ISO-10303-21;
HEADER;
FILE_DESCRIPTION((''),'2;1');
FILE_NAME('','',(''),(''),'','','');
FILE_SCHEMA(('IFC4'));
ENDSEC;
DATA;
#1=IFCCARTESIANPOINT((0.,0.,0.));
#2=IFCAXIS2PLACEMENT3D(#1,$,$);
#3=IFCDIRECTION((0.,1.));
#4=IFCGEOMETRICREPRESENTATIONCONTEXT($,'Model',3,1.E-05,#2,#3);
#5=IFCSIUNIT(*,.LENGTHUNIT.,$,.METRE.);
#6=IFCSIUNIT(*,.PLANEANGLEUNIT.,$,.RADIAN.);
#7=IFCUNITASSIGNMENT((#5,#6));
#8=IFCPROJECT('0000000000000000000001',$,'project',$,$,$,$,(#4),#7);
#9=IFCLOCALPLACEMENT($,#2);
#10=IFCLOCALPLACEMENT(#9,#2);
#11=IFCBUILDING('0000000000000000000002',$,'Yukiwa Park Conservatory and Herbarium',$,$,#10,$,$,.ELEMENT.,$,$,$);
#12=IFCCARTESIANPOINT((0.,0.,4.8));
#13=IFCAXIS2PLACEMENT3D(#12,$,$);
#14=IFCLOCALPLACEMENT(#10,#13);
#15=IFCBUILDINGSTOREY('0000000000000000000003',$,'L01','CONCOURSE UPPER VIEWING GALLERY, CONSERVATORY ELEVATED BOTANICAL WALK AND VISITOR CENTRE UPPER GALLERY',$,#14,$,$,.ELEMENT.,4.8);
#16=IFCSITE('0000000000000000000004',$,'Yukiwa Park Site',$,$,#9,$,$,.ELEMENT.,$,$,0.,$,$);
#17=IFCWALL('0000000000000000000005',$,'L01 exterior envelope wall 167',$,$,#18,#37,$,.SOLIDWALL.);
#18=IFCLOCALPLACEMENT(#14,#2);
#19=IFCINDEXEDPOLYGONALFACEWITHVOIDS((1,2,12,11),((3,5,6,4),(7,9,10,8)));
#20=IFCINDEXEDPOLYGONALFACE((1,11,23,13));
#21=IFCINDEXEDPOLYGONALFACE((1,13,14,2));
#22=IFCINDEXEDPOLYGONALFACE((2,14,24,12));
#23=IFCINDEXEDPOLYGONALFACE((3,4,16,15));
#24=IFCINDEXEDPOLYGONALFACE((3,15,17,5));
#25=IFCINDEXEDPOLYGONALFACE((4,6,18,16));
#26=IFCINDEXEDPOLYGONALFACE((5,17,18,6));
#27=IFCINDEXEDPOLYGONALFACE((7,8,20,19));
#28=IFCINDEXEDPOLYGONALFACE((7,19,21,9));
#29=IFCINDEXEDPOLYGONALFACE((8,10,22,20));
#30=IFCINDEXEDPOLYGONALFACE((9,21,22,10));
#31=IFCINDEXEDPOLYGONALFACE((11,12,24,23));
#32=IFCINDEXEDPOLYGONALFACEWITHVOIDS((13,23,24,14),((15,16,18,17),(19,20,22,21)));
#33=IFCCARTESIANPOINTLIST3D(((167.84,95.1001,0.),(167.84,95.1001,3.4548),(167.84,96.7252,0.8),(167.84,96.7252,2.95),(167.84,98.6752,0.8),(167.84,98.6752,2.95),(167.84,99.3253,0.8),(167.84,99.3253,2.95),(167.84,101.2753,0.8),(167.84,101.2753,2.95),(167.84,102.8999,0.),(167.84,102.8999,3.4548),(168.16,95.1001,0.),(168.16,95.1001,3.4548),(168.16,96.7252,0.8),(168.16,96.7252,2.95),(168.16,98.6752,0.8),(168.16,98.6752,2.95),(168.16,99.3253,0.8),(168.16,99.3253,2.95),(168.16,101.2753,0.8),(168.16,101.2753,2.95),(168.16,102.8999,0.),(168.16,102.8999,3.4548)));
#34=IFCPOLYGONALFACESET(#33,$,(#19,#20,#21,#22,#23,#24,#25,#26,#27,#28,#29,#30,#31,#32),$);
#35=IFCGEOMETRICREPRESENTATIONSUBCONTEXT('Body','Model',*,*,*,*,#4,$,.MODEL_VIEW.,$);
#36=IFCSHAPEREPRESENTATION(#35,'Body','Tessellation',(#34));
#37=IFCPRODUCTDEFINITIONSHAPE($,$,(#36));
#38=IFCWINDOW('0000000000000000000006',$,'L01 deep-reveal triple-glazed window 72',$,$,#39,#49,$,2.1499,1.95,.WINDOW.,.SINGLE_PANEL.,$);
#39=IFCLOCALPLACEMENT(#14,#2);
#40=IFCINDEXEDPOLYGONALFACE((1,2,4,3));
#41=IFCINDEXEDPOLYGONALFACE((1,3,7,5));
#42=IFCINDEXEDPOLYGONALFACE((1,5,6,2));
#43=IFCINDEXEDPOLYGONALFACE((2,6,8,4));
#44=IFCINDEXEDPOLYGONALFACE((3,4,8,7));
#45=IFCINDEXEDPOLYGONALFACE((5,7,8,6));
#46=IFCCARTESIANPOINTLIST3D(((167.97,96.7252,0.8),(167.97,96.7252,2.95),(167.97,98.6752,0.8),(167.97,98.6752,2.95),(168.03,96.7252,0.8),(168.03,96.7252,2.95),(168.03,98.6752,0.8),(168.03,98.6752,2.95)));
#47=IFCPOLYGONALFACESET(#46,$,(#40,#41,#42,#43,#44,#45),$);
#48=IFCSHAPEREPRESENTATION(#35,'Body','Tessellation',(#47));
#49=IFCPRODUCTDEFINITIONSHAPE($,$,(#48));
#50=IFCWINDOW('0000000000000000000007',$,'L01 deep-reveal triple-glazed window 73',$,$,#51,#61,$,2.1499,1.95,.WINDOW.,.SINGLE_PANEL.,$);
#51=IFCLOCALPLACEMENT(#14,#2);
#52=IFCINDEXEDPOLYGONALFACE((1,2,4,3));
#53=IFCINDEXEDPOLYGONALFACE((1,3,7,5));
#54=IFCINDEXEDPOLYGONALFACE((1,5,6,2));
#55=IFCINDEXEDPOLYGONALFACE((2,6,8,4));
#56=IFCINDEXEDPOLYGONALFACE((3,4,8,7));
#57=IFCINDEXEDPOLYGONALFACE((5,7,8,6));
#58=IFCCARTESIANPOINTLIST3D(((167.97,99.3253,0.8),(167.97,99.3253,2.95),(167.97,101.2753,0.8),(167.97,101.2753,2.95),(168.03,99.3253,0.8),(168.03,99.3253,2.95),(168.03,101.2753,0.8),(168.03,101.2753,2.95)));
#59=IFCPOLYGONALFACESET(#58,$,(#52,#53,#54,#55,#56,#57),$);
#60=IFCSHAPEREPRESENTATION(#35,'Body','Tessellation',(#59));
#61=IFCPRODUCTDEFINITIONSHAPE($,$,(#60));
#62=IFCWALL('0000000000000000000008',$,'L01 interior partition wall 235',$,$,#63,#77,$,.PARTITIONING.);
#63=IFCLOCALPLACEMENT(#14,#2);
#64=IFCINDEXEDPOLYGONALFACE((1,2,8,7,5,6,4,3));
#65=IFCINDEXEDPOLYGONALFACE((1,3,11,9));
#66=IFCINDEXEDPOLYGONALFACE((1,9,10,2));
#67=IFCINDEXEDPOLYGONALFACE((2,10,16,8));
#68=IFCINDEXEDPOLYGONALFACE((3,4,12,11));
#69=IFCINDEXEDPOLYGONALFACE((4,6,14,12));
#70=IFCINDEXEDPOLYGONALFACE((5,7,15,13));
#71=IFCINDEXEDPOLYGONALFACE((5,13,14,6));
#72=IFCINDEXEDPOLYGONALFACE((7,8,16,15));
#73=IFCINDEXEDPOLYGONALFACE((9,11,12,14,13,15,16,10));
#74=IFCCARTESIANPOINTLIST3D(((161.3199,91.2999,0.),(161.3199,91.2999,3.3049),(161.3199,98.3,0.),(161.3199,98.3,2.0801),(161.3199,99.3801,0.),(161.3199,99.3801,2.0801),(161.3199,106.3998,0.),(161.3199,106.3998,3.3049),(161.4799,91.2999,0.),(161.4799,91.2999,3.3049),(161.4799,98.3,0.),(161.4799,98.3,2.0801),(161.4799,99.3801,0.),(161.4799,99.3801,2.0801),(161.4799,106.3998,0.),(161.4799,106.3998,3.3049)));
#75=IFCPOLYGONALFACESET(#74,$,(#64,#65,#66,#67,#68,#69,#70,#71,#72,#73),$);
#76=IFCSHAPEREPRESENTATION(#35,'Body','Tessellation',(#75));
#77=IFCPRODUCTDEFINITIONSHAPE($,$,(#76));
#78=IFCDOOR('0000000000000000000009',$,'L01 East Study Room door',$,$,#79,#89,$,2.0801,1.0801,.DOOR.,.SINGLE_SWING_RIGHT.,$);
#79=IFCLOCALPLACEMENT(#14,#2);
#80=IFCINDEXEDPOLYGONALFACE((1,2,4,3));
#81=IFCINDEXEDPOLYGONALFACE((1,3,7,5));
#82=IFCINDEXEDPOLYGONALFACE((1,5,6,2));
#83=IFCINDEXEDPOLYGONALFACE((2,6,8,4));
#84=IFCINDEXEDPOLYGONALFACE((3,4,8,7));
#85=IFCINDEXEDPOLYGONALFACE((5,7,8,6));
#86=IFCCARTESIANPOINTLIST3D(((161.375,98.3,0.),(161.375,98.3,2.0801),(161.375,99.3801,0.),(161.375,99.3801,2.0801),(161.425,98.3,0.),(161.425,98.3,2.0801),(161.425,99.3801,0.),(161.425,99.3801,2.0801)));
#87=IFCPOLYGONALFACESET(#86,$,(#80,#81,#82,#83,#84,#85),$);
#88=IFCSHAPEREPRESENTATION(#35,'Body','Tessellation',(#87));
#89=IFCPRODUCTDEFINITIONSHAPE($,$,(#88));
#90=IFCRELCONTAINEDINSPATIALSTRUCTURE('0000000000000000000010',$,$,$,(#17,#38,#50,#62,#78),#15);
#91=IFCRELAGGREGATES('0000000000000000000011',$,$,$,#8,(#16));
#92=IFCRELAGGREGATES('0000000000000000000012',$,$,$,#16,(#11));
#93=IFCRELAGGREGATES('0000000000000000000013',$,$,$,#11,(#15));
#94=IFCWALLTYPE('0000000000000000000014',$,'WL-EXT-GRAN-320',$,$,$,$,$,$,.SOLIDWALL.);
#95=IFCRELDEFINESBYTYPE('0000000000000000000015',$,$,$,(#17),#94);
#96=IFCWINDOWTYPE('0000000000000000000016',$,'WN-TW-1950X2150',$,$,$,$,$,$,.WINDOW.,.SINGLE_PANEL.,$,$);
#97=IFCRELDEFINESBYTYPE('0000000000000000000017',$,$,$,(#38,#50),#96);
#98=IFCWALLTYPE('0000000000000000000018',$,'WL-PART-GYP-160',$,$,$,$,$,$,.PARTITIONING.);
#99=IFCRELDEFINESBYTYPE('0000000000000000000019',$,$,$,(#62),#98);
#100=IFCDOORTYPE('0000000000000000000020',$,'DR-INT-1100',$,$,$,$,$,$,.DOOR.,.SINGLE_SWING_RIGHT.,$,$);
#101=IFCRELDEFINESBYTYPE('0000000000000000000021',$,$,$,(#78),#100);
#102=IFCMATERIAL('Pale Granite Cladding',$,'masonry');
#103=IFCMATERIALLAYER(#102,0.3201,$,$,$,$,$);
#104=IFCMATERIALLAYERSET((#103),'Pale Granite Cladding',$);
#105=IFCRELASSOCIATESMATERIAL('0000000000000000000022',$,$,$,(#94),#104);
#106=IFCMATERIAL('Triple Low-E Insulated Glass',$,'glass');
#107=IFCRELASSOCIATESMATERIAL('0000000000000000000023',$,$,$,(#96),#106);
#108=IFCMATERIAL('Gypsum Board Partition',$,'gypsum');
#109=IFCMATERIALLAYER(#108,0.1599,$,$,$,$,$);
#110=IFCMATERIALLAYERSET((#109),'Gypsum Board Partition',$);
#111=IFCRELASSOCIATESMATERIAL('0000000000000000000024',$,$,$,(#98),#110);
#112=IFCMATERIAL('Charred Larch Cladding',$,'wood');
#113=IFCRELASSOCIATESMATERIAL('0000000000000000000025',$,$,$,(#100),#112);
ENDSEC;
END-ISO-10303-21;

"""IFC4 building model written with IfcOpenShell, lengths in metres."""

from ifc_helpers import new_model, si_unit, direction, frame, frame_2d, origin, place, context, subcontext, project, spatial, rectangle, extrude, material, layer, layer_set, type_object, element, fill, save


model = new_model("IFC4")

# Units and contexts
model_context = context("Model", 3, precision=1e-05, world=origin(), true_north=direction((0.0, 1.0)))
body_context = subcontext(model_context, "Body", "Model", "MODEL_VIEW")
ifc_project = project(units=[si_unit("LENGTHUNIT", "METRE"), si_unit("PLANEANGLEUNIT", "RADIAN")], contexts=[model_context])

# Site, building, storey
site_placement = place(None, origin())
site = spatial("IfcSite", under=ifc_project, at=site_placement, Name="Yukiwa Park Site", CompositionType="ELEMENT", RefElevation=0.0)
building_placement = place(site_placement, origin())
building = spatial("IfcBuilding", under=site, at=building_placement, Name="Yukiwa Park Conservatory and Herbarium", CompositionType="ELEMENT")
storey_placement = place(building_placement, frame((0.0, 0.0, 4.8)))
storey = spatial("IfcBuildingStorey", under=building, at=storey_placement, Name="L01", Description="CONCOURSE UPPER VIEWING GALLERY, CONSERVATORY ELEVATED BOTANICAL WALK AND VISITOR CENTRE UPPER GALLERY", CompositionType="ELEMENT", Elevation=4.8)

# Wall, openings, windows
ifc_material_1 = material(Name="Pale Granite Cladding", Category="masonry")
ifc_layer_1 = layer(ifc_material_1, 0.3201)
ifc_layer_set_1 = layer_set([ifc_layer_1], Name="Pale Granite Cladding")
wall_type_1 = type_object("IfcWallType", Name="WL-EXT-GRAN-320", PredefinedType="SOLIDWALL", material=ifc_layer_set_1)
wall_1_placement = place(storey_placement, frame((168.0, 95.1001, 0.0), z_axis=(0.0, 0.0, 1.0), x_axis=(0.0, 1.0, 0.0)))
wall_1 = element("IfcWall", 1, at=wall_1_placement, inside=storey, type_object=wall_type_1, Name="L01 exterior envelope wall 167", PredefinedType="SOLIDWALL", context=body_context, shape_type="SweptSolid", body=[
    extrude(rectangle(XDim=7.7998, YDim=0.3201, at=frame_2d((3.8999, 0.0))), origin(), (0.0, 0.0, 1.0), 3.4548),
])
opening_1_placement = place(wall_1_placement, frame((1.625, 0.0, 0.8)))
opening_1 = element("IfcOpeningElement", 2, at=opening_1_placement, cuts=wall_1, PredefinedType="OPENING", context=body_context, shape_type="SweptSolid", body=[
    extrude(rectangle(XDim=1.95, YDim=2.1499, at=frame_2d((0.9751, 1.075))), frame((0.0, 0.1699, 0.0), z_axis=(0.0, -1.0, 0.0), x_axis=(1.0, 0.0, 0.0)), (0.0, 0.0, 1.0), 0.3401),
])
opening_2_placement = place(wall_1_placement, frame((4.2251, 0.0, 0.8)))
opening_2 = element("IfcOpeningElement", 3, at=opening_2_placement, cuts=wall_1, PredefinedType="OPENING", context=body_context, shape_type="SweptSolid", body=[
    extrude(rectangle(XDim=1.95, YDim=2.1499, at=frame_2d((0.9751, 1.075))), frame((0.0, 0.1699, 0.0), z_axis=(0.0, -1.0, 0.0), x_axis=(1.0, 0.0, 0.0)), (0.0, 0.0, 1.0), 0.3401),
])
ifc_material_2 = material(Name="Triple Low-E Insulated Glass", Category="glass")
window_type_1 = type_object("IfcWindowType", Name="WN-TW-1950X2150", PartitioningType="SINGLE_PANEL", PredefinedType="WINDOW", material=ifc_material_2)
window_1_placement = place(opening_1_placement, origin())
window_1 = element("IfcWindow", 4, at=window_1_placement, inside=storey, type_object=window_type_1, Name="L01 deep-reveal triple-glazed window 72", OverallHeight=2.1499, OverallWidth=1.95, PartitioningType="SINGLE_PANEL", PredefinedType="WINDOW", context=body_context, shape_type="SweptSolid", body=[
    extrude(rectangle(XDim=1.95, YDim=2.1499, at=frame_2d((0.9751, 1.075))), frame((0.0, 0.03, 0.0), z_axis=(0.0, -1.0, 0.0), x_axis=(1.0, 0.0, 0.0)), (0.0, 0.0, 1.0), 0.0601),
])
fill(opening_1, window_1)
window_2_placement = place(opening_2_placement, origin())
window_2 = element("IfcWindow", 5, at=window_2_placement, inside=storey, type_object=window_type_1, Name="L01 deep-reveal triple-glazed window 73", OverallHeight=2.1499, OverallWidth=1.95, PartitioningType="SINGLE_PANEL", PredefinedType="WINDOW", context=body_context, shape_type="SweptSolid", body=[
    extrude(rectangle(XDim=1.95, YDim=2.1499, at=frame_2d((0.9751, 1.075))), frame((0.0, 0.03, 0.0), z_axis=(0.0, -1.0, 0.0), x_axis=(1.0, 0.0, 0.0)), (0.0, 0.0, 1.0), 0.0601),
])
fill(opening_2, window_2)

# Wall, opening, door
ifc_material_3 = material(Name="Gypsum Board Partition", Category="gypsum")
ifc_layer_2 = layer(ifc_material_3, 0.1599)
ifc_layer_set_2 = layer_set([ifc_layer_2], Name="Gypsum Board Partition")
wall_type_2 = type_object("IfcWallType", Name="WL-PART-GYP-160", PredefinedType="PARTITIONING", material=ifc_layer_set_2)
wall_2_placement = place(storey_placement, frame((161.3999, 91.3, 0.0), z_axis=(0.0, 0.0, 1.0), x_axis=(0.0, 1.0, 0.0)))
wall_2 = element("IfcWall", 6, at=wall_2_placement, inside=storey, type_object=wall_type_2, Name="L01 interior partition wall 235", PredefinedType="PARTITIONING", context=body_context, shape_type="SweptSolid", body=[
    extrude(rectangle(XDim=15.0999, YDim=0.1599, at=frame_2d((7.5498, 0.0))), origin(), (0.0, 0.0, 1.0), 3.3049),
])
opening_3_placement = place(wall_2_placement, frame((7.0, 0.0, 0.0)))
opening_3 = element("IfcOpeningElement", 7, at=opening_3_placement, cuts=wall_2, PredefinedType="OPENING", context=body_context, shape_type="SweptSolid", body=[
    extrude(rectangle(XDim=1.0801, YDim=2.0801, at=frame_2d((0.54, 1.04))), frame((0.0, 0.0898, 0.0), z_axis=(0.0, -1.0, 0.0), x_axis=(1.0, 0.0, 0.0)), (0.0, 0.0, 1.0), 0.1799),
])
ifc_material_4 = material(Name="Charred Larch Cladding", Category="wood")
door_type = type_object("IfcDoorType", Name="DR-INT-1100", OperationType="SINGLE_SWING_RIGHT", PredefinedType="DOOR", material=ifc_material_4)
door_placement = place(opening_3_placement, origin())
door = element("IfcDoor", 8, at=door_placement, inside=storey, type_object=door_type, Name="L01 East Study Room door", OperationType="SINGLE_SWING_RIGHT", OverallHeight=2.0801, OverallWidth=1.0801, PredefinedType="DOOR", context=body_context, shape_type="SweptSolid", body=[
    extrude(rectangle(XDim=1.0801, YDim=2.0801, at=frame_2d((0.54, 1.04))), frame((0.0, 0.0249, 0.0), z_axis=(0.0, -1.0, 0.0), x_axis=(1.0, 0.0, 0.0)), (0.0, 0.0, 1.0), 0.05),
])
fill(opening_3, door)

save(model, "model.ifc")
